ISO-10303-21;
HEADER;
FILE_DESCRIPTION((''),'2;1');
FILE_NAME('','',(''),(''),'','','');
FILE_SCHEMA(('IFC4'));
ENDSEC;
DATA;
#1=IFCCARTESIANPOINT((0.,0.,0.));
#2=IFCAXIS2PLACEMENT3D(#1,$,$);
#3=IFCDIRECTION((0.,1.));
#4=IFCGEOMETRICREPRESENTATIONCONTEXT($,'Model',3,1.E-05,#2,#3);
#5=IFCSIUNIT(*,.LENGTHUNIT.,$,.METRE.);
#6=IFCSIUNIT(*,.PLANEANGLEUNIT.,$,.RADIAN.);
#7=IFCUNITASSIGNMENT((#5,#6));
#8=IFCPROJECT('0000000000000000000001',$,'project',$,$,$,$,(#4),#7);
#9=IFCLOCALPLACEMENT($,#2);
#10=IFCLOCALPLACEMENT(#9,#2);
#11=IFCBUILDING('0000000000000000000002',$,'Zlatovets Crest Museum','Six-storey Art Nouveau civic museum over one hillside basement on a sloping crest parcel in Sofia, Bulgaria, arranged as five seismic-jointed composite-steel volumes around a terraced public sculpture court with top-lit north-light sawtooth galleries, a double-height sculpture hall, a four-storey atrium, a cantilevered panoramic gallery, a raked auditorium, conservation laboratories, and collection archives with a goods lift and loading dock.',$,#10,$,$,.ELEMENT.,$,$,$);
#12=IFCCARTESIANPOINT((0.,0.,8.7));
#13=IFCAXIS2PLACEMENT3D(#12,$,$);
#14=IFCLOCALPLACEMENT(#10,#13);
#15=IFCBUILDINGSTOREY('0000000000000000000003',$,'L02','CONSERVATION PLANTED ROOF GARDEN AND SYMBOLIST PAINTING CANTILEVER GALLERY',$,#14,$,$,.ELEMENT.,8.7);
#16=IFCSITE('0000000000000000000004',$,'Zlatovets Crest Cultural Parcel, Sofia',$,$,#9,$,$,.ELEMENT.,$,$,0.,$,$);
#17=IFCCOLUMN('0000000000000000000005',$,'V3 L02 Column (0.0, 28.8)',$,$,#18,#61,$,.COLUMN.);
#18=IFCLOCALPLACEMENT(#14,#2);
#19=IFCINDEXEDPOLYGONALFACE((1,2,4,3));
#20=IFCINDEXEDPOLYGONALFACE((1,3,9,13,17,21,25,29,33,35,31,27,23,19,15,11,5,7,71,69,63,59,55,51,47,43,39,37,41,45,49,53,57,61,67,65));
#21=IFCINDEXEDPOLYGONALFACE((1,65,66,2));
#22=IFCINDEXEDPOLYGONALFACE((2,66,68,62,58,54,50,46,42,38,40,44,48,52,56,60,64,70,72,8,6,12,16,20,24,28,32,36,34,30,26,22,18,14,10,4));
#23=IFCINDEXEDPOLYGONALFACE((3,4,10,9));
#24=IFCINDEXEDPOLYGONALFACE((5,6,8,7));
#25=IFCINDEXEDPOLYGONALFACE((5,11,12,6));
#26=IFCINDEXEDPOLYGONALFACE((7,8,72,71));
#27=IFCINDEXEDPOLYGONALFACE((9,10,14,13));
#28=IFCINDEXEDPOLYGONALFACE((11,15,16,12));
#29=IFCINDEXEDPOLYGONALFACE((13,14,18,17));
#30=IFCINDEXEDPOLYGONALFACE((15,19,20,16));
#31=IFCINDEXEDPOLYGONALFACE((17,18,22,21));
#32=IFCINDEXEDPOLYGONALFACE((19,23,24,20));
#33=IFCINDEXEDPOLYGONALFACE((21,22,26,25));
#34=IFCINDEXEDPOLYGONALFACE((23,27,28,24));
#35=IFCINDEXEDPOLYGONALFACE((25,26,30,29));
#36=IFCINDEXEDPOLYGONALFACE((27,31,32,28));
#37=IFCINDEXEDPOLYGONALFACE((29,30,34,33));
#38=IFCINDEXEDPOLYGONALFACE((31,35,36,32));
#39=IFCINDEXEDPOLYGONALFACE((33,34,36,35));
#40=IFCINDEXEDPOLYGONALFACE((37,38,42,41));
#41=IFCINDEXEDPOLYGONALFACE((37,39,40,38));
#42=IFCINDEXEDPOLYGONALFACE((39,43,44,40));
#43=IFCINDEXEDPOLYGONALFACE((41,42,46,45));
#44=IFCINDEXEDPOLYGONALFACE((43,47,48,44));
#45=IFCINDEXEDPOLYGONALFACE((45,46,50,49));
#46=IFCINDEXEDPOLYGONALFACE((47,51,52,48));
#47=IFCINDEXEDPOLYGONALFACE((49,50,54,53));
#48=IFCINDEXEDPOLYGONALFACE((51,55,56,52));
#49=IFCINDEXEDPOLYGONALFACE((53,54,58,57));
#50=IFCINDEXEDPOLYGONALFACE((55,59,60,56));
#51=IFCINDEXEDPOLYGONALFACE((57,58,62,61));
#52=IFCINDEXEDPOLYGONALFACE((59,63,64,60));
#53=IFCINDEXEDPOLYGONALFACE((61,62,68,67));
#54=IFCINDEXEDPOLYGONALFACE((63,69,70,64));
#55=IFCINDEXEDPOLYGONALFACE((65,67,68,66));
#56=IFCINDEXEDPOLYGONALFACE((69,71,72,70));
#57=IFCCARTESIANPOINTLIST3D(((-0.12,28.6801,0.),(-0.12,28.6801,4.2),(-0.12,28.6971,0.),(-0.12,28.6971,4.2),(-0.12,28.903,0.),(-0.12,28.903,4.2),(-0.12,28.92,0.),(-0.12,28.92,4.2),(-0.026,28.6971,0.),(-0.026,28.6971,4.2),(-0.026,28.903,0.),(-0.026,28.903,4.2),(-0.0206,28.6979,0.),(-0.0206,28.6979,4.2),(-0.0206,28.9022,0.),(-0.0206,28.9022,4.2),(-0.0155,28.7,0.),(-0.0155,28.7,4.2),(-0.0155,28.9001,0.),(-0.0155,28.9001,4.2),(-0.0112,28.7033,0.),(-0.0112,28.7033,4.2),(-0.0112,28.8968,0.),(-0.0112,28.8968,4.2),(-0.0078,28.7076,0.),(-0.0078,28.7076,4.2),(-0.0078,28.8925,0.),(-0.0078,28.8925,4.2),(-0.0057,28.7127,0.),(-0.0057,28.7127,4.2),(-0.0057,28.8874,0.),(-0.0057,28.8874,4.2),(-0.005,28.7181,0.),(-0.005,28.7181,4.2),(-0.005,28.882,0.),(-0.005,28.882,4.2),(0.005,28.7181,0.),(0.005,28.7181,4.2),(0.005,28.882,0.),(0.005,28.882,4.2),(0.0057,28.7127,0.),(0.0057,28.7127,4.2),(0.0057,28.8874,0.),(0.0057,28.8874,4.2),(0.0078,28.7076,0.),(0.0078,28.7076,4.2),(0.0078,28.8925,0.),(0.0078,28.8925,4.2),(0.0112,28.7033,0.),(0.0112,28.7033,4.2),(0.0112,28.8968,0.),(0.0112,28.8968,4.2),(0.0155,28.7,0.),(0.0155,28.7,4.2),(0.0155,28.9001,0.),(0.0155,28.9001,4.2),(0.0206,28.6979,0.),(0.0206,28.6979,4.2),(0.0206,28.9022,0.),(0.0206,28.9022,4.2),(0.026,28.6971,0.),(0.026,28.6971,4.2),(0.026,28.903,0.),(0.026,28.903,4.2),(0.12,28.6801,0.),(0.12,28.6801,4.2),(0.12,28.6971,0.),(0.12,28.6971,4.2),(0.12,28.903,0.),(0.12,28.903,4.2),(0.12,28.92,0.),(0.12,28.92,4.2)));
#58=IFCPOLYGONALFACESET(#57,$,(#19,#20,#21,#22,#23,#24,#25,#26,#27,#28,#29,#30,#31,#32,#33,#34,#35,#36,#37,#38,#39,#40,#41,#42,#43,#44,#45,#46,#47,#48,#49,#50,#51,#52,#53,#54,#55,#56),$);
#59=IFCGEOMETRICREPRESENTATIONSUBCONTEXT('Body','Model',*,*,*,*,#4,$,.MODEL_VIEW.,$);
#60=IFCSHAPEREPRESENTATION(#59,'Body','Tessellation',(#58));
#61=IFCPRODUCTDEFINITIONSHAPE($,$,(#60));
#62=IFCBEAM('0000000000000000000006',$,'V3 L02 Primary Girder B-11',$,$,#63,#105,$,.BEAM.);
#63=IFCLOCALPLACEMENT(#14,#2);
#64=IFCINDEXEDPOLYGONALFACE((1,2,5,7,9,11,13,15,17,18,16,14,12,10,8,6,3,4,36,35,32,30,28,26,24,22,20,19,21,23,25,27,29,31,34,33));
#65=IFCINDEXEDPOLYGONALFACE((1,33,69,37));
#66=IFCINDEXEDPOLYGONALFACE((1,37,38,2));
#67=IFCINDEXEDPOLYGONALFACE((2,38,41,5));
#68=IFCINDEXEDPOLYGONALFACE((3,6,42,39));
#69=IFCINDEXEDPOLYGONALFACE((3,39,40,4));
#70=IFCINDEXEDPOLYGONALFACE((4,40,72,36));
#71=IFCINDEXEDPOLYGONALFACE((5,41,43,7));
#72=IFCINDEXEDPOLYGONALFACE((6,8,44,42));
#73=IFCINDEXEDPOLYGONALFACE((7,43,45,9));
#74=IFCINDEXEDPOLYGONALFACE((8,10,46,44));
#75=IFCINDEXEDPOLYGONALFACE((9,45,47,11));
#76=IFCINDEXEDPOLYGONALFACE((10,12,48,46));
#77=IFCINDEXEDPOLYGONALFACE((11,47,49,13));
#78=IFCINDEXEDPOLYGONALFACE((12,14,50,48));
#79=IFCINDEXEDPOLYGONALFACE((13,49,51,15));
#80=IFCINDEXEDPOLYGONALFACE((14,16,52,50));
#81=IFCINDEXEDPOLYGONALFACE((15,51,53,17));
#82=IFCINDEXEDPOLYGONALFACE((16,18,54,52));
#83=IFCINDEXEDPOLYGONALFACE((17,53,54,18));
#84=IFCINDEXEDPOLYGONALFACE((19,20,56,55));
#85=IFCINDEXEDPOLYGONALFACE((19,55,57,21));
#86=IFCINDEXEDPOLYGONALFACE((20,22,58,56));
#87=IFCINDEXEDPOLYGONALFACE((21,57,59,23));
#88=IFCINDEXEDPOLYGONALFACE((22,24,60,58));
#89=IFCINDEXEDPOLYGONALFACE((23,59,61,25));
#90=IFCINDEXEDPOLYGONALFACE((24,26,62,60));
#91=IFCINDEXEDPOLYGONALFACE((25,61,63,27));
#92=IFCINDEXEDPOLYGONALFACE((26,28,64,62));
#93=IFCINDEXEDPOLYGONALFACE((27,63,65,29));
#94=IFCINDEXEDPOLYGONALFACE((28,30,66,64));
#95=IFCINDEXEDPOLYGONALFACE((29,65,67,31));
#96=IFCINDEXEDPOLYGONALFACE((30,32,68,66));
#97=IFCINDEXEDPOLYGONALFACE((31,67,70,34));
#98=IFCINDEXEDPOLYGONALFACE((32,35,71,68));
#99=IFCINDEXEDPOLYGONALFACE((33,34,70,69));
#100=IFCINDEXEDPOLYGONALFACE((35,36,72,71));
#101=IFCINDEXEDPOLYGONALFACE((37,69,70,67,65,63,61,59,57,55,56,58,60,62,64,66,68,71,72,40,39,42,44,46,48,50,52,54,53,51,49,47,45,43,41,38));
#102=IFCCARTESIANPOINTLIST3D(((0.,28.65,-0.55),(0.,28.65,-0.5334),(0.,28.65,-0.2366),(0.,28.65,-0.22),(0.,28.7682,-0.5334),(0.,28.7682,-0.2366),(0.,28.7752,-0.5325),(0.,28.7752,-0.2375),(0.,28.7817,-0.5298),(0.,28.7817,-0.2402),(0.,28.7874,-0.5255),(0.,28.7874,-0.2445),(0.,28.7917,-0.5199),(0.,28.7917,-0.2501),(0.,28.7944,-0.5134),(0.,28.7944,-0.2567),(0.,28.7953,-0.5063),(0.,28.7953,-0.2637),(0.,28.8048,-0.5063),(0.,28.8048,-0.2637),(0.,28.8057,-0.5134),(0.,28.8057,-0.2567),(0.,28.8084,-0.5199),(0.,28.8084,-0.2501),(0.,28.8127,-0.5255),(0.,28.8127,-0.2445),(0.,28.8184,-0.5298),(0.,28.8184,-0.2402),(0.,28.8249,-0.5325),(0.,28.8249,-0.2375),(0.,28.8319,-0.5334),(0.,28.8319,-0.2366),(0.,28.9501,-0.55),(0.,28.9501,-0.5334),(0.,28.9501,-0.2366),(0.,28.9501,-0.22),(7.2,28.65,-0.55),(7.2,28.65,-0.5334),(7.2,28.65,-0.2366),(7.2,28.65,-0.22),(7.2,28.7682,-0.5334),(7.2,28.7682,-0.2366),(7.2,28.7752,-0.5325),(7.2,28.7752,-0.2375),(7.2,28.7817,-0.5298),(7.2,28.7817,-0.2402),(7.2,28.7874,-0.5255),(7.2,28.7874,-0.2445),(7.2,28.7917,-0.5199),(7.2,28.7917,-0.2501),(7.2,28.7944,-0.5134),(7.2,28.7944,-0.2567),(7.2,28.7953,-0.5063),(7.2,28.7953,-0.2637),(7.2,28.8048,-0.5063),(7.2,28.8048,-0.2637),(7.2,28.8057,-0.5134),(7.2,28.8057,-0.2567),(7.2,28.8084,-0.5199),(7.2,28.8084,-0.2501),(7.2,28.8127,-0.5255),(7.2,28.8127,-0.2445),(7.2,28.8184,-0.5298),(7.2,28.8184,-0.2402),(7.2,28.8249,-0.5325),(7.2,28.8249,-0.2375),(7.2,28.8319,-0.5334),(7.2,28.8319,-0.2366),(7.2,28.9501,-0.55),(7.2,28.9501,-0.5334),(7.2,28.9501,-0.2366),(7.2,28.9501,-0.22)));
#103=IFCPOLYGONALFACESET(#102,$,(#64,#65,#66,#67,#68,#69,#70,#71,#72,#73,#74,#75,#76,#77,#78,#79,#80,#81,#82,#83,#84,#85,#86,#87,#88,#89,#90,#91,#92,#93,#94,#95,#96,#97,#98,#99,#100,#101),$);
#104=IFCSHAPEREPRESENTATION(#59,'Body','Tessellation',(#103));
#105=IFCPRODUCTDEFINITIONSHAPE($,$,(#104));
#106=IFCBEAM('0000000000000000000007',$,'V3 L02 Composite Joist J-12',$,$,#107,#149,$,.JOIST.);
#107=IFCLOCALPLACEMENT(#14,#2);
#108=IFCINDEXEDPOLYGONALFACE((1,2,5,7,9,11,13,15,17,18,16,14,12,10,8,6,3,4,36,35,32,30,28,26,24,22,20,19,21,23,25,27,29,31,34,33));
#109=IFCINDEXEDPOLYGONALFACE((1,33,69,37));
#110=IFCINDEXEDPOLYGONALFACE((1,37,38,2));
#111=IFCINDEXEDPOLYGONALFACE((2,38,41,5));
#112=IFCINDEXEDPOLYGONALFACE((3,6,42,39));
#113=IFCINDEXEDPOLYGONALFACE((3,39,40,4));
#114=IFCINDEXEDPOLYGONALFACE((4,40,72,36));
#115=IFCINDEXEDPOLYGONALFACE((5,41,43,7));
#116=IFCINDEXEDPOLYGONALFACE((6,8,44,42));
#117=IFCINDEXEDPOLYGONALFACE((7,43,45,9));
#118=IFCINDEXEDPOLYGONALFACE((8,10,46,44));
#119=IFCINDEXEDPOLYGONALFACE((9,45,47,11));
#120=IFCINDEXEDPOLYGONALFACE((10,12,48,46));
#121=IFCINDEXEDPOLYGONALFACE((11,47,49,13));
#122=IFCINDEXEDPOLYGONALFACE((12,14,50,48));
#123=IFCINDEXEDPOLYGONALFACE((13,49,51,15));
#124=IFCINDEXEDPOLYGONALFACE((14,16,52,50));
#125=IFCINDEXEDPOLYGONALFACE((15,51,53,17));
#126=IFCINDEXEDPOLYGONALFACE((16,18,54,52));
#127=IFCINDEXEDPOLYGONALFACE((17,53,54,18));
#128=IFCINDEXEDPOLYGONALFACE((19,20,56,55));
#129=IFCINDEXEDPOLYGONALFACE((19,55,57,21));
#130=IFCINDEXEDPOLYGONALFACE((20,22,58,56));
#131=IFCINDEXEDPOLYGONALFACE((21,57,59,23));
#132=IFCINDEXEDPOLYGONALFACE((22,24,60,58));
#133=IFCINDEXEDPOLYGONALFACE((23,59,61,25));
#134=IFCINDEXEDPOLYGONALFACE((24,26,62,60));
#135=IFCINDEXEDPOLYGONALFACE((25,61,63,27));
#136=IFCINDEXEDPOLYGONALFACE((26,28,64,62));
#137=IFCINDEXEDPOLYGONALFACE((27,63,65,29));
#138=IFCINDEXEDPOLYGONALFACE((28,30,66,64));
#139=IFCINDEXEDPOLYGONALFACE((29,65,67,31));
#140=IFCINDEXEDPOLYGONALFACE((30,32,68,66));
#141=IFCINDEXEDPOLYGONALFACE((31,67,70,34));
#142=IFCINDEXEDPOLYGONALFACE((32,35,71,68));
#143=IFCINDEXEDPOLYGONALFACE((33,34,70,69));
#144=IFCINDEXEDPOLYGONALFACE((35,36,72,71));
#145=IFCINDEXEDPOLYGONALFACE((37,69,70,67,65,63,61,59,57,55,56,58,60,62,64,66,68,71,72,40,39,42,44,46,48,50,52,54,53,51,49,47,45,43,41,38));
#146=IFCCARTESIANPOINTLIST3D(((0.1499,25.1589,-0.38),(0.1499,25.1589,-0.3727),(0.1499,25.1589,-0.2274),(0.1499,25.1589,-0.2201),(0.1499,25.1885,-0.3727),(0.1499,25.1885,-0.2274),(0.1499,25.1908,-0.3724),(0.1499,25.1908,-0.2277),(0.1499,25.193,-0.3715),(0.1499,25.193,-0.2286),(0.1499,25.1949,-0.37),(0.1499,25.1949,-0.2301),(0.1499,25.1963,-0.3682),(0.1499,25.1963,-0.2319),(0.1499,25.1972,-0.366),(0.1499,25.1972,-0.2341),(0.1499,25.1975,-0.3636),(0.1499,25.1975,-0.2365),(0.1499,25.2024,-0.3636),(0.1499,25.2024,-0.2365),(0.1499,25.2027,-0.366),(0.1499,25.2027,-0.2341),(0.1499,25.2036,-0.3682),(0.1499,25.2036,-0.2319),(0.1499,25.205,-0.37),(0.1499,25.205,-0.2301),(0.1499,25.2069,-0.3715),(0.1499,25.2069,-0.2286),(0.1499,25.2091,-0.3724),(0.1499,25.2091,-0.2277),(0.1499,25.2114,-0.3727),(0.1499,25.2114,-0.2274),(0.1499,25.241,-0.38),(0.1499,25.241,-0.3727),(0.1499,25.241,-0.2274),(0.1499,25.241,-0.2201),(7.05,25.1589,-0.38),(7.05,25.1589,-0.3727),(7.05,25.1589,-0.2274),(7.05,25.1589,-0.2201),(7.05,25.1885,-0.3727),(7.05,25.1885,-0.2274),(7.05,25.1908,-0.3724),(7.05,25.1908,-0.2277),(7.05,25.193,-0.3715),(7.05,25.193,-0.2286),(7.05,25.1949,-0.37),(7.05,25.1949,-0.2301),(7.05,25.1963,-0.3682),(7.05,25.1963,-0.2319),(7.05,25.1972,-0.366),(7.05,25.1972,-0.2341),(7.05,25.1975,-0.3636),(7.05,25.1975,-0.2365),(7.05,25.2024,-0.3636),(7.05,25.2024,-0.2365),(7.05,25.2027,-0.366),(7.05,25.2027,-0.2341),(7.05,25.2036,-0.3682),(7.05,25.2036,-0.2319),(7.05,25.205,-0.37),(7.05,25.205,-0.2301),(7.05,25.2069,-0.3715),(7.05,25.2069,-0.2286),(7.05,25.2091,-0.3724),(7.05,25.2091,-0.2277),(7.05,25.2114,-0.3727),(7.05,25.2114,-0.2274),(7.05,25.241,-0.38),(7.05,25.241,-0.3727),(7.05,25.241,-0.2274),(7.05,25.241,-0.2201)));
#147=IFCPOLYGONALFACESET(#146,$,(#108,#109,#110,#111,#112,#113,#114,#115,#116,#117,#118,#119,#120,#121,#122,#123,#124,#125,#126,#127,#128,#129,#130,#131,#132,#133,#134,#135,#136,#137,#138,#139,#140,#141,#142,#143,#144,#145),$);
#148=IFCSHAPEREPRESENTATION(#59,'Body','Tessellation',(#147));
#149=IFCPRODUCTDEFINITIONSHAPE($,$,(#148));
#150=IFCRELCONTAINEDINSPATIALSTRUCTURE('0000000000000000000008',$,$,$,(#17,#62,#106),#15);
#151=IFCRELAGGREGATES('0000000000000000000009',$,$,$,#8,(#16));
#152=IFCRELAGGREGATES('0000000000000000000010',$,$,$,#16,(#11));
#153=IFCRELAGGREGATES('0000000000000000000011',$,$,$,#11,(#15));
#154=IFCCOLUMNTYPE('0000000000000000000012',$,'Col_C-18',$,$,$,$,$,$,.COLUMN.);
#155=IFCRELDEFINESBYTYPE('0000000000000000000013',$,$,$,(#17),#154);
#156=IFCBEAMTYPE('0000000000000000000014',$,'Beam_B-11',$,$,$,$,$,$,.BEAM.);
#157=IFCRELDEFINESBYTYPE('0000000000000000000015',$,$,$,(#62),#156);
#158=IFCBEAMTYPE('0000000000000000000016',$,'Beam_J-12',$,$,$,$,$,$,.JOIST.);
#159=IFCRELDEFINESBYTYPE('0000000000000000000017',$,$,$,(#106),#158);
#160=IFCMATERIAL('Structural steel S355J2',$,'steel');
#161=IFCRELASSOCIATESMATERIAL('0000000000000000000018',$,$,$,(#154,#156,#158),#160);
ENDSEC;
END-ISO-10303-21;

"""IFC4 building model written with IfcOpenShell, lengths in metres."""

from ifc_helpers import new_model, si_unit, direction, frame, origin, origin_2d, place, context, subcontext, project, spatial, i_section, extrude, material, material_profile, profile_set, type_object, element, save


model = new_model("IFC4")

# Units and contexts
model_context = context("Model", 3, precision=1e-05, world=origin(), true_north=direction((0.0, 1.0)))
body_context = subcontext(model_context, "Body", "Model", "MODEL_VIEW")
ifc_project = project(units=[si_unit("LENGTHUNIT", "METRE"), si_unit("PLANEANGLEUNIT", "RADIAN")], contexts=[model_context])

# Site, building, storey
site_placement = place(None, origin())
site = spatial("IfcSite", under=ifc_project, at=site_placement, Name="Zlatovets Crest Cultural Parcel, Sofia", CompositionType="ELEMENT", RefElevation=0.0)
building_placement = place(site_placement, origin())
building = spatial("IfcBuilding", under=site, at=building_placement, Name="Zlatovets Crest Museum", Description="Six-storey Art Nouveau civic museum over one hillside basement on a sloping crest parcel in Sofia, Bulgaria, arranged as five seismic-jointed composite-steel volumes around a terraced public sculpture court with top-lit north-light sawtooth galleries, a double-height sculpture hall, a four-storey atrium, a cantilevered panoramic gallery, a raked auditorium, conservation laboratories, and collection archives with a goods lift and loading dock.", CompositionType="ELEMENT")
storey_placement = place(building_placement, frame((0.0, 0.0, 8.7)))
storey = spatial("IfcBuildingStorey", under=building, at=storey_placement, Name="L02", Description="CONSERVATION PLANTED ROOF GARDEN AND SYMBOLIST PAINTING CANTILEVER GALLERY", CompositionType="ELEMENT", Elevation=8.7)

# Column
ifc_material_1 = material(Name="Structural steel S355J2", Category="steel")
ifc_material_profile_1 = material_profile(ifc_material_1, i_section(OverallWidth=0.24, OverallDepth=0.24, WebThickness=0.01, FlangeThickness=0.0171, FilletRadius=0.021, at=origin_2d()), Name="HEB 240")
ifc_profile_set_1 = profile_set([ifc_material_profile_1], Name="Structural steel S355J2")
column_type = type_object("IfcColumnType", Name="Col_C-18", PredefinedType="COLUMN", material=ifc_profile_set_1)
column_placement = place(storey_placement, frame((0.0, 28.8, 0.0), z_axis=(0.0, 0.0, 1.0), x_axis=(1.0, 0.0, 0.0)))
element("IfcColumn", 1, at=column_placement, inside=storey, type_object=column_type, Name="V3 L02 Column (0.0, 28.8)", PredefinedType="COLUMN", context=body_context, shape_type="SweptSolid", body=[
    extrude(i_section(OverallWidth=0.24, OverallDepth=0.24, WebThickness=0.01, FlangeThickness=0.0171, FilletRadius=0.021, at=origin_2d()), origin(), (0.0, 0.0, 1.0), 4.2),
])

# Beams
ifc_material_profile_2 = material_profile(ifc_material_1, i_section(OverallWidth=0.3, OverallDepth=0.3301, WebThickness=0.0095, FlangeThickness=0.0166, FilletRadius=0.0271, at=origin_2d()), Name="HEA 340")
ifc_profile_set_2 = profile_set([ifc_material_profile_2], Name="Structural steel S355J2")
beam_type_1 = type_object("IfcBeamType", Name="Beam_B-11", PredefinedType="BEAM", material=ifc_profile_set_2)
beam_1_placement = place(storey_placement, frame((0.0, 28.8, -0.385), z_axis=(1.0, 0.0, 0.0), x_axis=(0.0, 1.0, 0.0)))
element("IfcBeam", 2, at=beam_1_placement, inside=storey, type_object=beam_type_1, Name="V3 L02 Primary Girder B-11", PredefinedType="BEAM", context=body_context, shape_type="SweptSolid", body=[
    extrude(i_section(OverallWidth=0.3, OverallDepth=0.3301, WebThickness=0.0095, FlangeThickness=0.0166, FilletRadius=0.0271, at=origin_2d()), origin(), (0.0, 0.0, 1.0), 7.2),
])
ifc_material_profile_3 = material_profile(ifc_material_1, i_section(OverallWidth=0.082, OverallDepth=0.1599, WebThickness=0.0049, FlangeThickness=0.0073, FilletRadius=0.009, at=origin_2d()), Name="IPE 160")
ifc_profile_set_3 = profile_set([ifc_material_profile_3], Name="Structural steel S355J2")
beam_type_2 = type_object("IfcBeamType", Name="Beam_J-12", PredefinedType="JOIST", material=ifc_profile_set_3)
beam_2_placement = place(storey_placement, frame((0.1499, 25.2, -0.3), z_axis=(1.0, 0.0, 0.0), x_axis=(0.0, 1.0, 0.0)))
element("IfcBeam", 3, at=beam_2_placement, inside=storey, type_object=beam_type_2, Name="V3 L02 Composite Joist J-12", PredefinedType="JOIST", context=body_context, shape_type="SweptSolid", body=[
    extrude(i_section(OverallWidth=0.082, OverallDepth=0.1599, WebThickness=0.0049, FlangeThickness=0.0073, FilletRadius=0.009, at=origin_2d()), origin(), (0.0, 0.0, 1.0), 6.9001),
])

save(model, "model.ifc")
